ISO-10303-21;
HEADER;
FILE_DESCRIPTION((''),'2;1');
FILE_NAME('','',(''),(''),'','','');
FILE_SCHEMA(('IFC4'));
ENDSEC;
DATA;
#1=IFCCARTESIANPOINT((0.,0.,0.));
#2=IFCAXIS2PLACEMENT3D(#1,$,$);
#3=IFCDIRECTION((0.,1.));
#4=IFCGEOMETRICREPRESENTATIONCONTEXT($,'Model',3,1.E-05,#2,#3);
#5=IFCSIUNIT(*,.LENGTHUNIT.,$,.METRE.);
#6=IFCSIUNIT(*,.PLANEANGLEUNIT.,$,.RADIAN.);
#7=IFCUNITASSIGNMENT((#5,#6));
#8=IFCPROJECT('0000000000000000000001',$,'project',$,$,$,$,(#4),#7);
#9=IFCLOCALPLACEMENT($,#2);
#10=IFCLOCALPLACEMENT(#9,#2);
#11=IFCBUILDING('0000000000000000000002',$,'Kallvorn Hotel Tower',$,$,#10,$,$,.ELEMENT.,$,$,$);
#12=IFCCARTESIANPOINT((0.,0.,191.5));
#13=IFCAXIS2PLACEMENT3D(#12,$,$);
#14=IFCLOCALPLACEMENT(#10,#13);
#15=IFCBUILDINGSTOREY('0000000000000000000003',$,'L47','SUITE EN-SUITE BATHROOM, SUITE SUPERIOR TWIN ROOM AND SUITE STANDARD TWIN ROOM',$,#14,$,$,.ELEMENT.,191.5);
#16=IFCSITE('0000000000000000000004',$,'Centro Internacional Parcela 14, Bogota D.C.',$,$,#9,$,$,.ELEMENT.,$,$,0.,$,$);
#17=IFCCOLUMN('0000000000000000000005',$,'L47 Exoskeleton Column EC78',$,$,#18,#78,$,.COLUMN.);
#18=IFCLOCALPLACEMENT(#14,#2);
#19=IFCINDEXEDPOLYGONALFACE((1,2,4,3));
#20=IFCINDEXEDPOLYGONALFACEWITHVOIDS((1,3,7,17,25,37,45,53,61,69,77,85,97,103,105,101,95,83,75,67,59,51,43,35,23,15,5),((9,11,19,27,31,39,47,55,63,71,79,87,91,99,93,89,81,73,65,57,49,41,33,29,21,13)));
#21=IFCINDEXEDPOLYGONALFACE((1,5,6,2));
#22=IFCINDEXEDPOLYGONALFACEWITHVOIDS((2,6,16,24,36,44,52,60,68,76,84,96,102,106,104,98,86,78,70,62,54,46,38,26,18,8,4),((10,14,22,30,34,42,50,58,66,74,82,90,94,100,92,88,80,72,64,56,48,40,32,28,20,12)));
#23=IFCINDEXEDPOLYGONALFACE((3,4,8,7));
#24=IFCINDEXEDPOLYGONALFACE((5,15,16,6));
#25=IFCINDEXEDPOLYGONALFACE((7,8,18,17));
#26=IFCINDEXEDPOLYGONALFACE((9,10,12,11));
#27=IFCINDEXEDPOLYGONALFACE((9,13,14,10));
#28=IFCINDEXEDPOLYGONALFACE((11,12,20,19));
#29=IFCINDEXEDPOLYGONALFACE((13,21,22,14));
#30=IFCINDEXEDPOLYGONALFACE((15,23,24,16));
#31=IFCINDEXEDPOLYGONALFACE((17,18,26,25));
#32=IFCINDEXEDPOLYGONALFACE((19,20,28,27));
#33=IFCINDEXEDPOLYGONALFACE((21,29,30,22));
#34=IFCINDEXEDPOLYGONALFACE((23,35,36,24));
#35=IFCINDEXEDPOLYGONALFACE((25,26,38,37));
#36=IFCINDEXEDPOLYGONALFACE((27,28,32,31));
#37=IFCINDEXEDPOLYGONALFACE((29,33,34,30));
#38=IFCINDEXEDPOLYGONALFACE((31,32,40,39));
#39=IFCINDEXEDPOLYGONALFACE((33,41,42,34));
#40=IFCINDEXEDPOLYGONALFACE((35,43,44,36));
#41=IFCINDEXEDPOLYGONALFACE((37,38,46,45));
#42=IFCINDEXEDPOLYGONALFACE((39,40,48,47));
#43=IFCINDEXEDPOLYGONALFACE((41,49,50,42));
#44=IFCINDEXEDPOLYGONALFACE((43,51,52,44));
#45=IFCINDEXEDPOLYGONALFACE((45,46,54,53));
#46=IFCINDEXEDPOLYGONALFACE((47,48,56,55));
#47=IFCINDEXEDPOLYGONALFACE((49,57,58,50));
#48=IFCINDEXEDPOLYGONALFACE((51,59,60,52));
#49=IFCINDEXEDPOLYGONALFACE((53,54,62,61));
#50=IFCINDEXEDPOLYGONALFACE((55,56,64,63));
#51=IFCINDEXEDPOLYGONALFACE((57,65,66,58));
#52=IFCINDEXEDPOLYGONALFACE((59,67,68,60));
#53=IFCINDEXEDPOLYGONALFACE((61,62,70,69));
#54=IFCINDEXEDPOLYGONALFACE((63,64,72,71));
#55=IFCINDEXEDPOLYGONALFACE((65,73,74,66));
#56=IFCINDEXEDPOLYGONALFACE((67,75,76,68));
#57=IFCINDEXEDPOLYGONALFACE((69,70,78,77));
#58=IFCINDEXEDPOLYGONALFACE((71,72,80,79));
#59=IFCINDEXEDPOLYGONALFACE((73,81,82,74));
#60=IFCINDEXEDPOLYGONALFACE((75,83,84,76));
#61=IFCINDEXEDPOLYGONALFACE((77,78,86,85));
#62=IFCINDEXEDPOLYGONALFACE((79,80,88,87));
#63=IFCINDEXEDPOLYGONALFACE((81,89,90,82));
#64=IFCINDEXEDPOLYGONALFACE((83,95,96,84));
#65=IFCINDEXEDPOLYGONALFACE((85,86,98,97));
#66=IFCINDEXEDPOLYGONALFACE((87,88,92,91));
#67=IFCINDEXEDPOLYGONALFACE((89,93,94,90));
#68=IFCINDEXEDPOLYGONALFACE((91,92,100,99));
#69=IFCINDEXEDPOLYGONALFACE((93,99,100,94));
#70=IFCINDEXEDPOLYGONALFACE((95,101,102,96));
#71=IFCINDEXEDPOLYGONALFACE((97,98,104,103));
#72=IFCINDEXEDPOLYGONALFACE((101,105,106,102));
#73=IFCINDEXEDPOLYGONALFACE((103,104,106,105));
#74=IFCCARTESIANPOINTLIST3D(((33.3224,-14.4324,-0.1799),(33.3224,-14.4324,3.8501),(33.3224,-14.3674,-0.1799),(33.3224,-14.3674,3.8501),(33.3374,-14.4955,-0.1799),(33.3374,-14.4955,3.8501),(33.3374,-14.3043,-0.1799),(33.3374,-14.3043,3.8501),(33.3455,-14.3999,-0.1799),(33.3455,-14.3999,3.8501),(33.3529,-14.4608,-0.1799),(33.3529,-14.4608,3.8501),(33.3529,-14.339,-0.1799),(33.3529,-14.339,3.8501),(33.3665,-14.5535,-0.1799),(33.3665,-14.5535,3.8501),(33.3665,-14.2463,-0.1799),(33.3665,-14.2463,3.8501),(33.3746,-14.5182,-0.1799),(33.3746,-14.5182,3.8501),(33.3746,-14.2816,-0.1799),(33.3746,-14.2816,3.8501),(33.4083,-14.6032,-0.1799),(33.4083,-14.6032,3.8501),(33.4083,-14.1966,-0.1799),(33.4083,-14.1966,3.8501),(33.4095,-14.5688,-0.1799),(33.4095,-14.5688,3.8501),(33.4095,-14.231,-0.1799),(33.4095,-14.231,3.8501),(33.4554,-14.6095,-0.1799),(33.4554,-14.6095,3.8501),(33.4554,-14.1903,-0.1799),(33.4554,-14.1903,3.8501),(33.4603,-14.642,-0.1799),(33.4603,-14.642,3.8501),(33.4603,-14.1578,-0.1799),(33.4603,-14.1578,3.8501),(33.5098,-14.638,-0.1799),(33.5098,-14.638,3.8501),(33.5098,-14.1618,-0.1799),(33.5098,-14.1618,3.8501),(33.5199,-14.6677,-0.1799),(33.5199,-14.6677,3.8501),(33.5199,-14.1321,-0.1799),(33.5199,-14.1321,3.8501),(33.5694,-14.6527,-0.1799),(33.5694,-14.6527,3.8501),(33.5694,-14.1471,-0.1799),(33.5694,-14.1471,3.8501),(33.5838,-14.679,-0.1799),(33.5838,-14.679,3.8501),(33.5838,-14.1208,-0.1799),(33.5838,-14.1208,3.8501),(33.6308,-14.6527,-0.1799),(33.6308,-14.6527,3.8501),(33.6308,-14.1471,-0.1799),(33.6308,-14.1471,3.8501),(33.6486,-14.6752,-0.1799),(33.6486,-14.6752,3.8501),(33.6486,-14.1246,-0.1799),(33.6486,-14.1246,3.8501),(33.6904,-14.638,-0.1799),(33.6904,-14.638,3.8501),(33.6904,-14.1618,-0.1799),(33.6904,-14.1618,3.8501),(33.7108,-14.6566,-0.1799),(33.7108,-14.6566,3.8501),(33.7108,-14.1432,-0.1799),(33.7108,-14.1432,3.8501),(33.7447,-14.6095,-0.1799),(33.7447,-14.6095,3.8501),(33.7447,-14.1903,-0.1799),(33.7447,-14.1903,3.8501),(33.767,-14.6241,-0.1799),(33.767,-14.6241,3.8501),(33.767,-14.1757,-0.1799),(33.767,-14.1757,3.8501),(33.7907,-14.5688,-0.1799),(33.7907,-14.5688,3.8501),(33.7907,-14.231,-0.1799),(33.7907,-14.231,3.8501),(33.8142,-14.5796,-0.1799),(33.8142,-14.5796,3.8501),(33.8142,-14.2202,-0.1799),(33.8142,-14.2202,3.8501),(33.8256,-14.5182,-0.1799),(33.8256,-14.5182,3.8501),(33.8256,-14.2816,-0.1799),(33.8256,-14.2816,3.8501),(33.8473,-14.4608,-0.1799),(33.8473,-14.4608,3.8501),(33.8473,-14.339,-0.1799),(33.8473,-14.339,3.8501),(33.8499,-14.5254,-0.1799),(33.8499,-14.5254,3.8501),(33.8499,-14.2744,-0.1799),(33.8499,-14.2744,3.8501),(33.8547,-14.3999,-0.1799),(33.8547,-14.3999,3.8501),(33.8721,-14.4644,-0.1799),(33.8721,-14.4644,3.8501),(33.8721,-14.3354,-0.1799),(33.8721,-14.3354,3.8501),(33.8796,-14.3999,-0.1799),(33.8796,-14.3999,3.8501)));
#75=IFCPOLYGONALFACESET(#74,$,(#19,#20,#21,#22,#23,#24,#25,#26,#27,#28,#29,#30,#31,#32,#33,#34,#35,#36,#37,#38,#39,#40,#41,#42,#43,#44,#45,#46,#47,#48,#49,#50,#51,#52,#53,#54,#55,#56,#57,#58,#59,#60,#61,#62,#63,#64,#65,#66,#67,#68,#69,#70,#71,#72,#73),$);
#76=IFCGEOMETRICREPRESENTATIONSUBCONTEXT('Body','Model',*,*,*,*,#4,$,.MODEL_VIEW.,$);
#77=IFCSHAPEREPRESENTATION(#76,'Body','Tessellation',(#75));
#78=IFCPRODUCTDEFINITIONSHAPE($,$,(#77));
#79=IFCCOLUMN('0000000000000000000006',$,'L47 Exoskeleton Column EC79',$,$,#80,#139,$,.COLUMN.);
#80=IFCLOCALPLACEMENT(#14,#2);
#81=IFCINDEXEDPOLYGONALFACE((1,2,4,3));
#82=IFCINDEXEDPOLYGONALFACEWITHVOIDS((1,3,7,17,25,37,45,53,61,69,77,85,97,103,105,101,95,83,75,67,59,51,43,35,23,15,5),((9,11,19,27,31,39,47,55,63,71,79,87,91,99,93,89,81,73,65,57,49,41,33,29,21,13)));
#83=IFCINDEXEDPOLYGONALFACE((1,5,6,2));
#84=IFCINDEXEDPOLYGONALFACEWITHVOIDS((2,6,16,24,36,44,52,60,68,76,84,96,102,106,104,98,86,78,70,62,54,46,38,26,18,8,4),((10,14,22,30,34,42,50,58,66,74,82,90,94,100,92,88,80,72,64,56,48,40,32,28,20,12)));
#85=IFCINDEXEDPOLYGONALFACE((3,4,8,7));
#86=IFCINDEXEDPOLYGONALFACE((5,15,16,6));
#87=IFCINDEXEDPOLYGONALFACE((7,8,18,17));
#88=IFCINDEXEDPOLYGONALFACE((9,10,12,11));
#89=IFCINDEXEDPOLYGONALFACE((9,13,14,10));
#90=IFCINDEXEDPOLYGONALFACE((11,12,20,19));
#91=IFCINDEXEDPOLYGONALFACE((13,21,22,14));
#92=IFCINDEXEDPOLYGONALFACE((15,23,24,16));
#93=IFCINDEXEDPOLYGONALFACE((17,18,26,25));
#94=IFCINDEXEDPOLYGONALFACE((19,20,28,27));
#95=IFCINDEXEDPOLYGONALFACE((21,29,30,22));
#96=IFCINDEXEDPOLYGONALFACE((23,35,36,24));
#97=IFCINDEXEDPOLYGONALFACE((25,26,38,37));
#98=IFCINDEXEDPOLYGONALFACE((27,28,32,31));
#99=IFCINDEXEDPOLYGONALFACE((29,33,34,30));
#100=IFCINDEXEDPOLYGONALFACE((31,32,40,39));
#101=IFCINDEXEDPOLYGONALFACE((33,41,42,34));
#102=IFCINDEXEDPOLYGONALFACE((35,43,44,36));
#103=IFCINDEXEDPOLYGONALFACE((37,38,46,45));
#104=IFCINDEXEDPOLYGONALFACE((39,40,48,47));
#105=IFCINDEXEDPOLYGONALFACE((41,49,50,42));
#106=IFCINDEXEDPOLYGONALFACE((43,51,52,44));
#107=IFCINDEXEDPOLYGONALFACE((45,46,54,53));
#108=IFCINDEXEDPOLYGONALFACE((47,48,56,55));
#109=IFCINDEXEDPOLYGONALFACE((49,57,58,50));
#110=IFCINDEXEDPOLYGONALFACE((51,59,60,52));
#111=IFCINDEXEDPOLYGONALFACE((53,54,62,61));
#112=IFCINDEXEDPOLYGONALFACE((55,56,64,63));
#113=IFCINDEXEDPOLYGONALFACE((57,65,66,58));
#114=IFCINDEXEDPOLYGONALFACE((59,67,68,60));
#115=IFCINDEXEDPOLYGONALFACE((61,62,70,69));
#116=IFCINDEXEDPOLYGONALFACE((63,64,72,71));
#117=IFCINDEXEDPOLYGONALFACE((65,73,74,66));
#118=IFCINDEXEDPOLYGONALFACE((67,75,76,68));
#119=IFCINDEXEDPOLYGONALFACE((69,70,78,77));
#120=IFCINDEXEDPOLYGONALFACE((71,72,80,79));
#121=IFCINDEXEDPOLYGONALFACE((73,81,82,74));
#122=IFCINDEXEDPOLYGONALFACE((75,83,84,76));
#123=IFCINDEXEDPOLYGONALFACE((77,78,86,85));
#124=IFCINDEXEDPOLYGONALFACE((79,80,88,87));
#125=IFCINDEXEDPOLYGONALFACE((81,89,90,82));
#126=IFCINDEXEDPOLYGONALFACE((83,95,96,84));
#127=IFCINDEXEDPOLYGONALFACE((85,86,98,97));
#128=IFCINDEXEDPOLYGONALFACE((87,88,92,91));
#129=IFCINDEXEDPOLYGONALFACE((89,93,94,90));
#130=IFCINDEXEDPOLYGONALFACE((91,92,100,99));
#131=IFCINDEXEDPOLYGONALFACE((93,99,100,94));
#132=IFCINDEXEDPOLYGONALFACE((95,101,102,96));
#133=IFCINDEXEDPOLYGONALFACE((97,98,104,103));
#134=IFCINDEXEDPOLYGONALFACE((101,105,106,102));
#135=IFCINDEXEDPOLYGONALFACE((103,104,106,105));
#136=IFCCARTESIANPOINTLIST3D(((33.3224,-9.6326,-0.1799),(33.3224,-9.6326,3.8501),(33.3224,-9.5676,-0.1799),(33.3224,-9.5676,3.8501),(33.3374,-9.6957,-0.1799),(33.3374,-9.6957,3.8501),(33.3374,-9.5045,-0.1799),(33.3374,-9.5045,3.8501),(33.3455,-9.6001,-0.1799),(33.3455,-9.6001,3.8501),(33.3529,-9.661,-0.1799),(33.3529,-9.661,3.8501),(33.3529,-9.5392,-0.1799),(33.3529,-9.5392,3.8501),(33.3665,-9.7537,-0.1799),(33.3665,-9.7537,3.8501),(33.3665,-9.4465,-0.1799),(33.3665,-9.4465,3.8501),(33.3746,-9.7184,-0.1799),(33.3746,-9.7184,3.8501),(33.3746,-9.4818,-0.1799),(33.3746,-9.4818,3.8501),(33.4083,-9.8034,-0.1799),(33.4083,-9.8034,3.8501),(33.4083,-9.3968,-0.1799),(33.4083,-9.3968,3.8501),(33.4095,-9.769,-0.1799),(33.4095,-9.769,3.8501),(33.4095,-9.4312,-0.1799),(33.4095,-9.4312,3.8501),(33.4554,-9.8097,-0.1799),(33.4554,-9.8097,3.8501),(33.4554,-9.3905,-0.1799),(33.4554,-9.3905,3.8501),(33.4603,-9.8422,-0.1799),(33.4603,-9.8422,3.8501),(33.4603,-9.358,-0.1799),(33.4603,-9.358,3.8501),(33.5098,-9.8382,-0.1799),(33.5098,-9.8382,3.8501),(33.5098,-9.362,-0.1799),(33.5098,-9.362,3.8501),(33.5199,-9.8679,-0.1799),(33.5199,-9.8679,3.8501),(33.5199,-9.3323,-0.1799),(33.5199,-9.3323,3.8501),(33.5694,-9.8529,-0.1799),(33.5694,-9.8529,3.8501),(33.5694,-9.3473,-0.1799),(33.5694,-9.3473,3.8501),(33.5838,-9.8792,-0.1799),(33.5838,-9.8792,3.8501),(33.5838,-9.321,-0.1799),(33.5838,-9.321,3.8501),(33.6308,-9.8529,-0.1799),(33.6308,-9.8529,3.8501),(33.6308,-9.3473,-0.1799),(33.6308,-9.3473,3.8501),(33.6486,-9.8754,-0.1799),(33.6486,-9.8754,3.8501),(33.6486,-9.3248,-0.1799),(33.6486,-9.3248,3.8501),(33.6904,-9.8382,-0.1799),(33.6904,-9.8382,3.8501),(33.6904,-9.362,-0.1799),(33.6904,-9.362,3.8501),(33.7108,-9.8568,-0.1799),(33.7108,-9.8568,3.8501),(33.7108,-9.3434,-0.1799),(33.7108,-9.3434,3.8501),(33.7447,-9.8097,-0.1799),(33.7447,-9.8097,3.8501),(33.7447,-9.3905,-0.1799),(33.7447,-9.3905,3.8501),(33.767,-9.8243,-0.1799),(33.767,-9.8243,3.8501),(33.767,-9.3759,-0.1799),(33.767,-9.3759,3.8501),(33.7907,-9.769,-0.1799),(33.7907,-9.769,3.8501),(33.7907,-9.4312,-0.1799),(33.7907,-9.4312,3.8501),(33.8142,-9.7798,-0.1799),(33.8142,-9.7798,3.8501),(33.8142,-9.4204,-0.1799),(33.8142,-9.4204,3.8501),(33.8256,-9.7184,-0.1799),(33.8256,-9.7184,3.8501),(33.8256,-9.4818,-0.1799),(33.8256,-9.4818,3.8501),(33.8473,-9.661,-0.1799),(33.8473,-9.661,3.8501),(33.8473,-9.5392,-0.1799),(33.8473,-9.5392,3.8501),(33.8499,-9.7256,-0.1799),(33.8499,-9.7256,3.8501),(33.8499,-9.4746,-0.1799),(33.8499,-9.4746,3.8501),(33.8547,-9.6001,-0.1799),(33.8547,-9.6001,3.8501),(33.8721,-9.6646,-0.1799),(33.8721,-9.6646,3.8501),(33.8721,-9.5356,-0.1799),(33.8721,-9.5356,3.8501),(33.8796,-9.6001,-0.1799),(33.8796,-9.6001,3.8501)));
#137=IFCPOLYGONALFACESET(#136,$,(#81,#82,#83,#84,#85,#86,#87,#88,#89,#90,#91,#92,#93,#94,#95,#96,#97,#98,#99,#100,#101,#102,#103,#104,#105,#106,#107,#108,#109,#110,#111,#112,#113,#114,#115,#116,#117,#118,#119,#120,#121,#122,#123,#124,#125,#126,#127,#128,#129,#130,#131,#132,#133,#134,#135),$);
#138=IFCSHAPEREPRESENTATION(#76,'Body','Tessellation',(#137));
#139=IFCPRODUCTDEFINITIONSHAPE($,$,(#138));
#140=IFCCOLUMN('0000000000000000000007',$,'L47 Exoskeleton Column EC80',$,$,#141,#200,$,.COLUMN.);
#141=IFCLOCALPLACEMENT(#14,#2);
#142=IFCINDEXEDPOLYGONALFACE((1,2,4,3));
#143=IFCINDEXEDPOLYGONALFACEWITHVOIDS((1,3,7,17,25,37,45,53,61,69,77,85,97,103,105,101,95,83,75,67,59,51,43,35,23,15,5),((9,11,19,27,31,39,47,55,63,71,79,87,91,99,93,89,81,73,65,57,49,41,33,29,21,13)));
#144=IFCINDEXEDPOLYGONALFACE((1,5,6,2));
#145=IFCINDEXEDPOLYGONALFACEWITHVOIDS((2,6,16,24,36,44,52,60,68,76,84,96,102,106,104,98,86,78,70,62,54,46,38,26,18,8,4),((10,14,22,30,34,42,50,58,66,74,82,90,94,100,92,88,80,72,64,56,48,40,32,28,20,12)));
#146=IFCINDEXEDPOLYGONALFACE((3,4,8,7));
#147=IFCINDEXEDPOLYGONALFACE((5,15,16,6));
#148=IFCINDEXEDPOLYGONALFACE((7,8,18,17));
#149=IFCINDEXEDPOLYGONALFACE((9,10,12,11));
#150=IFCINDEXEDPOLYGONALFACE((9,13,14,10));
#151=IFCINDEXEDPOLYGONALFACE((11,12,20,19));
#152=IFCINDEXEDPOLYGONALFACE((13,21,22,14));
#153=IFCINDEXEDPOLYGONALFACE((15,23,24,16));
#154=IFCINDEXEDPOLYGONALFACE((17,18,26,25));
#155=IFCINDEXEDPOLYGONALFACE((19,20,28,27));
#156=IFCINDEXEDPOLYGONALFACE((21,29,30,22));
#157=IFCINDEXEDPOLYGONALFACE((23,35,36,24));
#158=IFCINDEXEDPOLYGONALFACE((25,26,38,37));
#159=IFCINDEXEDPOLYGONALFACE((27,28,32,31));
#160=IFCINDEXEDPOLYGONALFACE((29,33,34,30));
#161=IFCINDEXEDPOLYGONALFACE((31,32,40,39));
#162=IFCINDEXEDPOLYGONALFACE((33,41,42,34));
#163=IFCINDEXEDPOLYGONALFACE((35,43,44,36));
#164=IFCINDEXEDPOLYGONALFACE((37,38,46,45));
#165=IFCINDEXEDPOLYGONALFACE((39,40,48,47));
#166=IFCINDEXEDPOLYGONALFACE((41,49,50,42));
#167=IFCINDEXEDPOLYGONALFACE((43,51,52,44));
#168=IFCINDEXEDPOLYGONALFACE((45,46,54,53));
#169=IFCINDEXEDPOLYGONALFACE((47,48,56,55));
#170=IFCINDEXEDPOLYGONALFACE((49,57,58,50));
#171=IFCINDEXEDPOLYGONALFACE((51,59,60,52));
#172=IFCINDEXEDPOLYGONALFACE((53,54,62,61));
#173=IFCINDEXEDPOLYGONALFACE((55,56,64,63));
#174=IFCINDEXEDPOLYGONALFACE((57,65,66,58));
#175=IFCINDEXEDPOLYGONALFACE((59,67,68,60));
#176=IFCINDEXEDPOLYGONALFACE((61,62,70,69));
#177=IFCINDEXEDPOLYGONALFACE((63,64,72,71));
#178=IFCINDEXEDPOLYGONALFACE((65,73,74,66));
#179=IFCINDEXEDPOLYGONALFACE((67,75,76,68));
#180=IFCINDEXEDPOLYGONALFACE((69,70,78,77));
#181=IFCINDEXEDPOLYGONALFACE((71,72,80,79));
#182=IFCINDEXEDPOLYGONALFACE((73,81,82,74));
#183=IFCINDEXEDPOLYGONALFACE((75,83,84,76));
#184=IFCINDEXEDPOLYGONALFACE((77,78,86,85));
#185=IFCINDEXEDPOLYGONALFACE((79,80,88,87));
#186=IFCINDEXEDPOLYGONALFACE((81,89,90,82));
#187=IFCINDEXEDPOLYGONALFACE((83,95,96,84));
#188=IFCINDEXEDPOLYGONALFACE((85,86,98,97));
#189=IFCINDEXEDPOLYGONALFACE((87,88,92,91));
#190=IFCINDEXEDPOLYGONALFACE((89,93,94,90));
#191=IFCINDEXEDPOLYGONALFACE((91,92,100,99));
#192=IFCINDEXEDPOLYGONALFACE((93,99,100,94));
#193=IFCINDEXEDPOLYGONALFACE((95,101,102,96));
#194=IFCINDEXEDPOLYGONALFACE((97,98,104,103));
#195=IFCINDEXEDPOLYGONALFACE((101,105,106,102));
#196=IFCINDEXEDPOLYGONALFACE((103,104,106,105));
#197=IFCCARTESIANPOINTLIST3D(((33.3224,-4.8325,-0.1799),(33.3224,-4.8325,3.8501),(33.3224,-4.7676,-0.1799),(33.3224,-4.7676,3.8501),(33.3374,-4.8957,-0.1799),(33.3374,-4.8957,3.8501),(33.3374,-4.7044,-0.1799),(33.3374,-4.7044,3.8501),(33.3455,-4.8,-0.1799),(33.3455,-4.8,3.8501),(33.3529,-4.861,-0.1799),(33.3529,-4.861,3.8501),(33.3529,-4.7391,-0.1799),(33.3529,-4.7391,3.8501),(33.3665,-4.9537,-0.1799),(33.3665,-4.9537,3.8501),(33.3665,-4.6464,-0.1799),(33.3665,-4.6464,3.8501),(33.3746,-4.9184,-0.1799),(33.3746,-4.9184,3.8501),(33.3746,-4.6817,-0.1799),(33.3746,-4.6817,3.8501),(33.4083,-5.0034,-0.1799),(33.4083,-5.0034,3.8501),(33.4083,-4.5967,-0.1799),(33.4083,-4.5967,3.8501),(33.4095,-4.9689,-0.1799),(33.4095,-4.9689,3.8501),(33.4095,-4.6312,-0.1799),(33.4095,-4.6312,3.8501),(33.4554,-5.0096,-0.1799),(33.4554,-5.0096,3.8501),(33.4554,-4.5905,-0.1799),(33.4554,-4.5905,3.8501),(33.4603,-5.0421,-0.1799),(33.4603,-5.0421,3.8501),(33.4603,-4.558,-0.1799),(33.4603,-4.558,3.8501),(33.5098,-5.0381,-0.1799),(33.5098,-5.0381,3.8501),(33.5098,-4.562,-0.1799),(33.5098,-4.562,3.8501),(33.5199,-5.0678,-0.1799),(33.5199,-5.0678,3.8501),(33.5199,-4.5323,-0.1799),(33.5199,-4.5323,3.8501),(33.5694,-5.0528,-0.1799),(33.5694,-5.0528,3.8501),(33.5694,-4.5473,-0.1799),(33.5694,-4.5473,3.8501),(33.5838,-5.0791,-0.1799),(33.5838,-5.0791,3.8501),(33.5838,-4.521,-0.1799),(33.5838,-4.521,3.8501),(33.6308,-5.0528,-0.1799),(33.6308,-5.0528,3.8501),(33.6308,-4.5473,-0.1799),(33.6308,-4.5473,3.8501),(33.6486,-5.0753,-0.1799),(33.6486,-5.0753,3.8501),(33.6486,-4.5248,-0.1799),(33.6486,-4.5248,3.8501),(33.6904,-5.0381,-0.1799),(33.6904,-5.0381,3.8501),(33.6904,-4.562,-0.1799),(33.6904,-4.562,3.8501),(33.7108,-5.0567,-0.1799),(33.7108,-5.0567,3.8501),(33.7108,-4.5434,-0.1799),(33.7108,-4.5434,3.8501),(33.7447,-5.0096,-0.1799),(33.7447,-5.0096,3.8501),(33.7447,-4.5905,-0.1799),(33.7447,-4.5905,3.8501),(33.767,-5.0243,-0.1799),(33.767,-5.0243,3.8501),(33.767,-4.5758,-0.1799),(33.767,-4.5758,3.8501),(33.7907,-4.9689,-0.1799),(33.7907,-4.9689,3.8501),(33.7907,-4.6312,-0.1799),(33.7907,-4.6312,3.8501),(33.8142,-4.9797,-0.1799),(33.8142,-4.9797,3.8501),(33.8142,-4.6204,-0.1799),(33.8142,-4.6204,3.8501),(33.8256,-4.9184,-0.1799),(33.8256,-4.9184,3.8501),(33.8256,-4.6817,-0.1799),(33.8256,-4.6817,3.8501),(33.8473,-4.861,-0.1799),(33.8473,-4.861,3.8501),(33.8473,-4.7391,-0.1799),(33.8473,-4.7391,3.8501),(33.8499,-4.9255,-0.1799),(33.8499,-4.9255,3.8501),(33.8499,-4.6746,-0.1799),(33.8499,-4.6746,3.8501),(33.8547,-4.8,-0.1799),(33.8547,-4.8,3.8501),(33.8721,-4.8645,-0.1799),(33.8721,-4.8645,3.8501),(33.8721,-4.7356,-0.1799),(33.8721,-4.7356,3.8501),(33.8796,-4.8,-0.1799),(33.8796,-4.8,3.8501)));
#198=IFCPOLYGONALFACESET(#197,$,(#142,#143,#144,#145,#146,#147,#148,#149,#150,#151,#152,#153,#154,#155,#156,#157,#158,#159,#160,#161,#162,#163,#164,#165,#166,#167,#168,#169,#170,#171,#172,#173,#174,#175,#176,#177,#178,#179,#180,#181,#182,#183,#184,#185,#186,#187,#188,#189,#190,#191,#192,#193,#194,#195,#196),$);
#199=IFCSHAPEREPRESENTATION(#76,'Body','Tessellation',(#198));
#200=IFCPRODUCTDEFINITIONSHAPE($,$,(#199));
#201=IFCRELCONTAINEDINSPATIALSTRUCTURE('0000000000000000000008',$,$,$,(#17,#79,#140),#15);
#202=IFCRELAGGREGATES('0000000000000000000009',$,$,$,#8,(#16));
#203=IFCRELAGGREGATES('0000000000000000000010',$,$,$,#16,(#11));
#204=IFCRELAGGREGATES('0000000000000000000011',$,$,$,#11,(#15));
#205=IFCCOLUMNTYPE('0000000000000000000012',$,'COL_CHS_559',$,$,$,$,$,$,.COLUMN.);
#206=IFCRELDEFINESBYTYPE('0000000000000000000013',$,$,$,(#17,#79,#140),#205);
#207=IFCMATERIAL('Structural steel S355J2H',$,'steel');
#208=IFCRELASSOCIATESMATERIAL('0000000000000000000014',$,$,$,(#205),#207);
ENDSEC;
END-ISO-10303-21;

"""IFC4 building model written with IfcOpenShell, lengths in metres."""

from ifc_helpers import new_model, si_unit, direction, frame, origin, origin_2d, place, context, subcontext, project, spatial, hollow_circle, extrude, material, material_profile, profile_set, type_object, element, save


model = new_model("IFC4")

# Units and contexts
model_context = context("Model", 3, precision=1e-05, world=origin(), true_north=direction((0.0, 1.0)))
body_context = subcontext(model_context, "Body", "Model", "MODEL_VIEW")
ifc_project = project(units=[si_unit("LENGTHUNIT", "METRE"), si_unit("PLANEANGLEUNIT", "RADIAN")], contexts=[model_context])

# Site, building, storey
site_placement = place(None, origin())
site = spatial("IfcSite", under=ifc_project, at=site_placement, Name="Centro Internacional Parcela 14, Bogota D.C.", CompositionType="ELEMENT", RefElevation=0.0)
building_placement = place(site_placement, origin())
building = spatial("IfcBuilding", under=site, at=building_placement, Name="Kallvorn Hotel Tower", CompositionType="ELEMENT")
storey_placement = place(building_placement, frame((0.0, 0.0, 191.5)))
storey = spatial("IfcBuildingStorey", under=building, at=storey_placement, Name="L47", Description="SUITE EN-SUITE BATHROOM, SUITE SUPERIOR TWIN ROOM AND SUITE STANDARD TWIN ROOM", CompositionType="ELEMENT", Elevation=191.5)

# Columns
ifc_material_1 = material(Name="Structural steel S355J2H", Category="steel")
ifc_material_profile_1 = material_profile(ifc_material_1, hollow_circle(Radius=0.2795, WallThickness=0.0249, at=origin_2d()), Name="CHS 559x25")
ifc_profile_set_1 = profile_set([ifc_material_profile_1], Name="Structural steel S355J2H")
column_type_1 = type_object("IfcColumnType", Name="COL_CHS_559", PredefinedType="COLUMN", material=ifc_profile_set_1)
for number, where, z_axis, x_axis, name in (
    (1, (33.6001, -14.3999, -0.1799), (0.0, 0.0, 1.0), (1.0, 0.0, 0.0), "L47 Exoskeleton Column EC78"),
    (2, (33.6001, -9.6001, -0.1799), (0.0, 0.0, 1.0), (1.0, 0.0, 0.0), "L47 Exoskeleton Column EC79"),
    (3, (33.6001, -4.8, -0.1799), (0.0, 0.0, 1.0), (1.0, 0.0, 0.0), "L47 Exoskeleton Column EC80"),
):
    element("IfcColumn", number, at=place(storey_placement, frame(where, z_axis=z_axis, x_axis=x_axis)), inside=storey, type_object=column_type_1, Name=name, PredefinedType="COLUMN", context=body_context, shape_type="SweptSolid", body=[
        extrude(hollow_circle(Radius=0.2795, WallThickness=0.0249, at=origin_2d()), origin(), (0.0, 0.0, 1.0), 4.03),
    ])

save(model, "model.ifc")
